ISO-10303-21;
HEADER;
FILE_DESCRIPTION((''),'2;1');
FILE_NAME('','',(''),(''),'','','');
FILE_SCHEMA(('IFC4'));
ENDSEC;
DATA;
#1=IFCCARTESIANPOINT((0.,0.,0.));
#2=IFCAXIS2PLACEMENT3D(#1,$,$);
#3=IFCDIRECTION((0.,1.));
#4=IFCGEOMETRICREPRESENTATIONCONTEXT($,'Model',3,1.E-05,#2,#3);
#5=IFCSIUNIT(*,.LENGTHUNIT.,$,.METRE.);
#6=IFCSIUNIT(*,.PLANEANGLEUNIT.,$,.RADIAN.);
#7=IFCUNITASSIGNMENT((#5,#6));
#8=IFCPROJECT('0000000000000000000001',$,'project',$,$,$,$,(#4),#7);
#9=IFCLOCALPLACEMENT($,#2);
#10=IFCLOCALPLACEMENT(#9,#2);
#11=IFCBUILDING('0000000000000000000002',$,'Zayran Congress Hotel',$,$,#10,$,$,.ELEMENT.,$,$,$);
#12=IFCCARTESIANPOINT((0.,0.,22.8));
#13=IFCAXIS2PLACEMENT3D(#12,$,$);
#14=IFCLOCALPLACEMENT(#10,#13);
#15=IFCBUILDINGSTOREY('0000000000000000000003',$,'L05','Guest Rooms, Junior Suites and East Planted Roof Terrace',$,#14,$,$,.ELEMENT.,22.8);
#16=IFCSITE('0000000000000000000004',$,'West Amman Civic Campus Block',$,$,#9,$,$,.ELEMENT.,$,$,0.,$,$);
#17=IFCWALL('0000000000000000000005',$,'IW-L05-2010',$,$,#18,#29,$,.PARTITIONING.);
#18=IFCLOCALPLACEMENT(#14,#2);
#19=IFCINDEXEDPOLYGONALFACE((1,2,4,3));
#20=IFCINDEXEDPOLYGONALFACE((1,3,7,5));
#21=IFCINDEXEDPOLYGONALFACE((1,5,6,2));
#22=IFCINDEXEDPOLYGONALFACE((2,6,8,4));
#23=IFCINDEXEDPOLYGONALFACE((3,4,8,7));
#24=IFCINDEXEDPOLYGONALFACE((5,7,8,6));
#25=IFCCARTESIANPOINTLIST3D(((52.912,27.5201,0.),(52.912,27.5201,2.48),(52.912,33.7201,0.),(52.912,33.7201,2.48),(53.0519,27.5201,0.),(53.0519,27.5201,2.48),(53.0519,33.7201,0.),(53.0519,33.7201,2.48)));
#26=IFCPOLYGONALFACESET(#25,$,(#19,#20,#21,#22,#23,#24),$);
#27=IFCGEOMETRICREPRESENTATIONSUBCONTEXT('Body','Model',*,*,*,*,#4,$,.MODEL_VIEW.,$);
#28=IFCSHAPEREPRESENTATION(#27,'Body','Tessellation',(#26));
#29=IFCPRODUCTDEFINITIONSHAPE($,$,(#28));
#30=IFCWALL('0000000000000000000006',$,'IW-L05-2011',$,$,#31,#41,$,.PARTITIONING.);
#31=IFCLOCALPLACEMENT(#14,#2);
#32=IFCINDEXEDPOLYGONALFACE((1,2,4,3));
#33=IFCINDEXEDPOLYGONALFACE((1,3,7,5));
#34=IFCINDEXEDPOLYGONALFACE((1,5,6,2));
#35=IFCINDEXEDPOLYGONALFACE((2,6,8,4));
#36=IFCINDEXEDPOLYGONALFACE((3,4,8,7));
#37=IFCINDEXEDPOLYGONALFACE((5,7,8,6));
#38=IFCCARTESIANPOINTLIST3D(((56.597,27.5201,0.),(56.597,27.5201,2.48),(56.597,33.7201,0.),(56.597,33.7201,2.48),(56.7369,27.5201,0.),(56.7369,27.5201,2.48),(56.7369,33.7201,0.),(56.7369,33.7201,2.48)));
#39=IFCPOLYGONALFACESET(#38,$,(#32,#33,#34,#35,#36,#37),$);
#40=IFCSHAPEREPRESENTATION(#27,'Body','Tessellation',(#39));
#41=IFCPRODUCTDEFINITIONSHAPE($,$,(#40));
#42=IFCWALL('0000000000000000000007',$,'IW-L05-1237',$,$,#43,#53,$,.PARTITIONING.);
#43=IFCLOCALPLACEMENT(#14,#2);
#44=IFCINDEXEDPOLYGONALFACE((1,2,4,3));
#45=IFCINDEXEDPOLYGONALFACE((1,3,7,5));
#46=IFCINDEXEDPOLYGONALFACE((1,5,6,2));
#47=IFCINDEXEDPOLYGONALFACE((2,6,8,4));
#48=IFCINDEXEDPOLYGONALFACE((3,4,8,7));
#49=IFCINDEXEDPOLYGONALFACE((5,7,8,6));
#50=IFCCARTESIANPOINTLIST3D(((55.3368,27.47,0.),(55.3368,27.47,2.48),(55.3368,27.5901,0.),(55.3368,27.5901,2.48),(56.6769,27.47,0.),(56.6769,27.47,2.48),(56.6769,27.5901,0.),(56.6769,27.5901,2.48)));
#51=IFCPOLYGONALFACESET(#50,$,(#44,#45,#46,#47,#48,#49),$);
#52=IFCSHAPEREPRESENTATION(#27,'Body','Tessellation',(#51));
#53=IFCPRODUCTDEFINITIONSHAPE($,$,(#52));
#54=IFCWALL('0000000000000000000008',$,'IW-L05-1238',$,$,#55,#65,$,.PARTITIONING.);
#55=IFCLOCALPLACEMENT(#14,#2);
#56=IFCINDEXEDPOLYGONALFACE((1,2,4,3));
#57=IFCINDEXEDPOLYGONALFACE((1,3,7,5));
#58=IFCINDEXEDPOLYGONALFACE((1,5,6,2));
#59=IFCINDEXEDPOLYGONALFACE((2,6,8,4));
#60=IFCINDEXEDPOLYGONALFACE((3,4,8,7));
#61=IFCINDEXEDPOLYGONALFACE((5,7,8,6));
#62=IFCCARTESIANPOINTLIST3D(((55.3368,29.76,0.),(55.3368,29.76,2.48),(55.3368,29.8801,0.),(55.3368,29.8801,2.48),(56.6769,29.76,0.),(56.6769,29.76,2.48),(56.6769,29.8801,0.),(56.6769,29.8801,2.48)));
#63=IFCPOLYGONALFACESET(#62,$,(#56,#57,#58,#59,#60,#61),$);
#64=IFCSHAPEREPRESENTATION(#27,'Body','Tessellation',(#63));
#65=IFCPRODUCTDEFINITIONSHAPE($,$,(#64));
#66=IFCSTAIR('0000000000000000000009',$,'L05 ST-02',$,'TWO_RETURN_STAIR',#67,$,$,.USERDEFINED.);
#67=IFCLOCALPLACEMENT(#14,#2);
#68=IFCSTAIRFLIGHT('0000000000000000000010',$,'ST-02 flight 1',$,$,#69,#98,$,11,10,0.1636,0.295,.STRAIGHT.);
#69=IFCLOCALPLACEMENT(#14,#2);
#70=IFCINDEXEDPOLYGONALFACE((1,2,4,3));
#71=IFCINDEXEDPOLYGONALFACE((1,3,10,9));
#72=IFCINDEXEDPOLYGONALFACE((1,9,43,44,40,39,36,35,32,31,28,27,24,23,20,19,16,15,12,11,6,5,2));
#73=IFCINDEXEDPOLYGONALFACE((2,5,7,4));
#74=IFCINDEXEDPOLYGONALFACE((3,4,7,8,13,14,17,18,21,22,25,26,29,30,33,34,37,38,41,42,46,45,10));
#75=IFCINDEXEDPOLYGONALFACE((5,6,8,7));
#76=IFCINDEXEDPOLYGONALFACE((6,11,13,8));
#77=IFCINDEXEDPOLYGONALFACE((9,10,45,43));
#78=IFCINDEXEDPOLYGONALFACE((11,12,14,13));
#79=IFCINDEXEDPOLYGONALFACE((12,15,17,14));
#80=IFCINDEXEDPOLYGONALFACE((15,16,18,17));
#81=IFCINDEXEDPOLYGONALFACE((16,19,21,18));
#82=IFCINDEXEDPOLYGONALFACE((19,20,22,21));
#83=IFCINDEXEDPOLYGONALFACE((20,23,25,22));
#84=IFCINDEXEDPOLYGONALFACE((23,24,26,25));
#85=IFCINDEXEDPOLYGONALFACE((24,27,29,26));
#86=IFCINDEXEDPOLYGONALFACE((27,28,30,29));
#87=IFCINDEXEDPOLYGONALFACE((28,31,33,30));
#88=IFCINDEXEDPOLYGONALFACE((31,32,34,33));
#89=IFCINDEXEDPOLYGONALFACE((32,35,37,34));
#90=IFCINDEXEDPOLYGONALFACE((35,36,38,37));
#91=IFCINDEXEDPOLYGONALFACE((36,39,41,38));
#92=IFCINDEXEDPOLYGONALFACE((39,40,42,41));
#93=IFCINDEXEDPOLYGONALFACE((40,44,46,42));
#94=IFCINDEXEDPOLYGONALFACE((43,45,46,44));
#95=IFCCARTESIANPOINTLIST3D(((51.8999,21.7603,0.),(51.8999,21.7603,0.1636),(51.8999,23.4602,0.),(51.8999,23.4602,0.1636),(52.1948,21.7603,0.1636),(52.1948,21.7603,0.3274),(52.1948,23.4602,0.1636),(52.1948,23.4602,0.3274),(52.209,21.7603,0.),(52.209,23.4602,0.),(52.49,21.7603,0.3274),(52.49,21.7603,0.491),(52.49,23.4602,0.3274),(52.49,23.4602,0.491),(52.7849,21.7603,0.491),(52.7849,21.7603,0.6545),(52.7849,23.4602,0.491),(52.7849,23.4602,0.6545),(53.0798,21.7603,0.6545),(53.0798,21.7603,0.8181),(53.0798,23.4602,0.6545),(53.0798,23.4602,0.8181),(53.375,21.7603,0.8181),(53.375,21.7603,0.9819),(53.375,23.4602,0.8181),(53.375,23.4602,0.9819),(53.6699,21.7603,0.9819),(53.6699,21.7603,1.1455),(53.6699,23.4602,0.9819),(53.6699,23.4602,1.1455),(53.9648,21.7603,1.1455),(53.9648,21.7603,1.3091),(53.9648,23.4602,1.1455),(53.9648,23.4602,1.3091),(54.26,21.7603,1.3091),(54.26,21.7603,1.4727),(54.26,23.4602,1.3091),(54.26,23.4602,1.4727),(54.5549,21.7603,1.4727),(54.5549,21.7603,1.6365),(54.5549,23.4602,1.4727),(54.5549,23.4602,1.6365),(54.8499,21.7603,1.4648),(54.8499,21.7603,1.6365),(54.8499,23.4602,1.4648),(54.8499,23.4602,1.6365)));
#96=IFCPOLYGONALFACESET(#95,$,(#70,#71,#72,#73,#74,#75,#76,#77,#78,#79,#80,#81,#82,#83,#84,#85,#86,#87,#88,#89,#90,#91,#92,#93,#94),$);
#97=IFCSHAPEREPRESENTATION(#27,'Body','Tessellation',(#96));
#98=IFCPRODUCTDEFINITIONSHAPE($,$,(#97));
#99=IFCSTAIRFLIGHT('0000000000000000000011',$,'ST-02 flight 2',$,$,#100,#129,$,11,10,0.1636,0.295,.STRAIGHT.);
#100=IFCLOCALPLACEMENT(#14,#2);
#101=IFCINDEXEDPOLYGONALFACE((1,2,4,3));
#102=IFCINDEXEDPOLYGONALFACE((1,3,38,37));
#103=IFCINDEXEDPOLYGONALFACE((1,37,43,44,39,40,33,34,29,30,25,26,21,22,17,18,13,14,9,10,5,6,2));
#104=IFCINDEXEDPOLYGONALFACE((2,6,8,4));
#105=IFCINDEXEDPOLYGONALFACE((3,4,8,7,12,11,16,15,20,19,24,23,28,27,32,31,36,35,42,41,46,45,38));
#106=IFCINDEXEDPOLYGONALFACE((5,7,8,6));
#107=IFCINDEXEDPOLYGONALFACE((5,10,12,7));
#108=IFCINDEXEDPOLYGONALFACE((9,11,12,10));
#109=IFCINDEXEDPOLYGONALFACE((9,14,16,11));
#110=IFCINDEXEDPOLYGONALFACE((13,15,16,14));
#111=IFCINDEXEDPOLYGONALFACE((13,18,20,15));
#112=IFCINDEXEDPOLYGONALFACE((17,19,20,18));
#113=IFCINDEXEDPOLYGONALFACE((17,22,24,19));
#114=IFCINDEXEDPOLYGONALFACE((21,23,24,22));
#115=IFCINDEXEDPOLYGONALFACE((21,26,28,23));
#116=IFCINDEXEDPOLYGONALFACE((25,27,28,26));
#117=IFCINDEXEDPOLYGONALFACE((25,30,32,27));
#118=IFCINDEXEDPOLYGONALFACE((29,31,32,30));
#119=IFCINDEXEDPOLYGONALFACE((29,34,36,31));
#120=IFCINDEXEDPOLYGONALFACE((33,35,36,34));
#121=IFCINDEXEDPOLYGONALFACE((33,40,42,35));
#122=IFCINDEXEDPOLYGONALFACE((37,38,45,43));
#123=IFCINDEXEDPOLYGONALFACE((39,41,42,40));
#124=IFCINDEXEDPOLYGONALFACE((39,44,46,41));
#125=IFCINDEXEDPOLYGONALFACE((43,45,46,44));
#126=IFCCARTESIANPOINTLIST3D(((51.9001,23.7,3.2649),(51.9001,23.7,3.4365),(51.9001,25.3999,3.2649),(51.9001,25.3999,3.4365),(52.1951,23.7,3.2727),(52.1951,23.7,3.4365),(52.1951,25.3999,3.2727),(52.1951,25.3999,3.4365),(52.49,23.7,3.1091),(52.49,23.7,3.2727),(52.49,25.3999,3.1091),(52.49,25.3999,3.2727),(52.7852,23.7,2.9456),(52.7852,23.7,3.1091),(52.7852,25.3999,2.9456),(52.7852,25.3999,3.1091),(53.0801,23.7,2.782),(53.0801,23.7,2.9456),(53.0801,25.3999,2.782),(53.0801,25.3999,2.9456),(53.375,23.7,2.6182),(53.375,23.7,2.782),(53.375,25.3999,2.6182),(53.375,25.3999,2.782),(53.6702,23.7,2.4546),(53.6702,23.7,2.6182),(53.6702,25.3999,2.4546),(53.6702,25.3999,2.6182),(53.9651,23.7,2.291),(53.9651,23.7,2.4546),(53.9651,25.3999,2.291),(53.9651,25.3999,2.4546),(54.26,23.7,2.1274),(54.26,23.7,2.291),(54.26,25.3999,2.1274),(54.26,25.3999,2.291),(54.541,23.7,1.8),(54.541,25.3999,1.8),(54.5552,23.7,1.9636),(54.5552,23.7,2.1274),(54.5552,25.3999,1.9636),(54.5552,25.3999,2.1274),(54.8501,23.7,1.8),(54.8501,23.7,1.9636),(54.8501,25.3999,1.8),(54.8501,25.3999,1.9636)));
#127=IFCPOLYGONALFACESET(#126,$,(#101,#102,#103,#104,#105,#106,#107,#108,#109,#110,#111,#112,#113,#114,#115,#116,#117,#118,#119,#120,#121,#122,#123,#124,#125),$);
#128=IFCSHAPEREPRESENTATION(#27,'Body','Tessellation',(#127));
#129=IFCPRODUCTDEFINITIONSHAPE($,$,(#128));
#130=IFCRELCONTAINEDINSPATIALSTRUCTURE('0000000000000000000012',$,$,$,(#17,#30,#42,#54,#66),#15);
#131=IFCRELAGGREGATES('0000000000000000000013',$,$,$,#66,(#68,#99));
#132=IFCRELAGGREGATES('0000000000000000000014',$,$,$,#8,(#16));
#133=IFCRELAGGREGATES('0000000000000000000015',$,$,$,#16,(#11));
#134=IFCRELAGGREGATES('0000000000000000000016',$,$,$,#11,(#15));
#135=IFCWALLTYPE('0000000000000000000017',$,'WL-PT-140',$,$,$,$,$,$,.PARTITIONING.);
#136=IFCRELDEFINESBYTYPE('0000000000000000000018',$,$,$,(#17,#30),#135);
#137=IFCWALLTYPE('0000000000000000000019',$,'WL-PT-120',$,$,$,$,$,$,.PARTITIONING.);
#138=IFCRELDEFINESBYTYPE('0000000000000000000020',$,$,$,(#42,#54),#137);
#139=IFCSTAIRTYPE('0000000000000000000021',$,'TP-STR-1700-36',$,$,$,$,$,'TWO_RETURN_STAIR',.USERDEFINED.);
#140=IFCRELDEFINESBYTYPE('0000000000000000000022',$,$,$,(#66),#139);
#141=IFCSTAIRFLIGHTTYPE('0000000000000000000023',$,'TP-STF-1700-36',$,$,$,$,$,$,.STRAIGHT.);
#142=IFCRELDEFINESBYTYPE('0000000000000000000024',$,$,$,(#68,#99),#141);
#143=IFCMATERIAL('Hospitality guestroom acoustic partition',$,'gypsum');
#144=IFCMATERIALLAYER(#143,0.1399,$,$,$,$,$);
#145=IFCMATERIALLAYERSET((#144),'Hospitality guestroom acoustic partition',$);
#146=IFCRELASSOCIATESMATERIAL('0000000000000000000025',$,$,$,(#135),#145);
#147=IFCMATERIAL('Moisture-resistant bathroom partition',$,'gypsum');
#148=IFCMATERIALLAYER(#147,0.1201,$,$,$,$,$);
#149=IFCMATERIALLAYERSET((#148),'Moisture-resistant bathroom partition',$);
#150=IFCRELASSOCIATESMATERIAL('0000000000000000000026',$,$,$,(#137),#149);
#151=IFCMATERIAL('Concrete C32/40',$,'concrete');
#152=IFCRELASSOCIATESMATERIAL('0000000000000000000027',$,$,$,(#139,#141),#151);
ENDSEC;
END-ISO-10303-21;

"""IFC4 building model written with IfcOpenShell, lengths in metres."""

from ifc_helpers import new_model, si_unit, direction, frame, frame_2d, origin, place, context, subcontext, project, spatial, polyline, rectangle, outline, extrude, material, layer, layer_set, type_object, element, aggregate, save


model = new_model("IFC4")

# Units and contexts
model_context = context("Model", 3, precision=1e-05, world=origin(), true_north=direction((0.0, 1.0)))
body_context = subcontext(model_context, "Body", "Model", "MODEL_VIEW")
ifc_project = project(units=[si_unit("LENGTHUNIT", "METRE"), si_unit("PLANEANGLEUNIT", "RADIAN")], contexts=[model_context])

# Site, building, storey
site_placement = place(None, origin())
site = spatial("IfcSite", under=ifc_project, at=site_placement, Name="West Amman Civic Campus Block", CompositionType="ELEMENT", RefElevation=0.0)
building_placement = place(site_placement, origin())
building = spatial("IfcBuilding", under=site, at=building_placement, Name="Zayran Congress Hotel", CompositionType="ELEMENT")
storey_placement = place(building_placement, frame((0.0, 0.0, 22.8)))
storey = spatial("IfcBuildingStorey", under=building, at=storey_placement, Name="L05", Description="Guest Rooms, Junior Suites and East Planted Roof Terrace", CompositionType="ELEMENT", Elevation=22.8)

# Shared definitions
ifc_material_1 = material(Name="Hospitality guestroom acoustic partition", Category="gypsum")
ifc_layer_1 = layer(ifc_material_1, 0.1399)
ifc_layer_set_1 = layer_set([ifc_layer_1], Name="Hospitality guestroom acoustic partition")
wall_type_1 = type_object("IfcWallType", Name="WL-PT-140", PredefinedType="PARTITIONING", material=ifc_layer_set_1)

# Walls
for number, where, z_axis, x_axis, name in (
    (1, (52.9819, 27.52, 0.0), (0.0, 0.0, 1.0), (0.0, 1.0, 0.0), "IW-L05-2010"),
    (2, (56.667, 27.52, 0.0), (0.0, 0.0, 1.0), (0.0, 1.0, 0.0), "IW-L05-2011"),
):
    element("IfcWall", number, at=place(storey_placement, frame(where, z_axis=z_axis, x_axis=x_axis)), inside=storey, type_object=wall_type_1, Name=name, PredefinedType="PARTITIONING", context=body_context, shape_type="SweptSolid", body=[
        extrude(rectangle(XDim=6.2, YDim=0.1399, at=frame_2d((3.1001, 0.0))), origin(), (0.0, 0.0, 1.0), 2.48),
    ])

# Shared definitions
ifc_material_2 = material(Name="Moisture-resistant bathroom partition", Category="gypsum")
ifc_layer_2 = layer(ifc_material_2, 0.1201)
ifc_layer_set_2 = layer_set([ifc_layer_2], Name="Moisture-resistant bathroom partition")
wall_type_2 = type_object("IfcWallType", Name="WL-PT-120", PredefinedType="PARTITIONING", material=ifc_layer_set_2)

# Walls
for number, where, z_axis, x_axis, name in (
    (3, (55.3369, 27.53, 0.0), (0.0, 0.0, 1.0), (1.0, 0.0, 0.0), "IW-L05-1237"),
    (4, (55.3369, 29.8201, 0.0), (0.0, 0.0, 1.0), (1.0, 0.0, 0.0), "IW-L05-1238"),
):
    element("IfcWall", number, at=place(storey_placement, frame(where, z_axis=z_axis, x_axis=x_axis)), inside=storey, type_object=wall_type_2, Name=name, PredefinedType="PARTITIONING", context=body_context, shape_type="SweptSolid", body=[
        extrude(rectangle(XDim=1.3401, YDim=0.1201, at=frame_2d((0.6699, 0.0))), origin(), (0.0, 0.0, 1.0), 2.48),
    ])

# Stair, stair flights
ifc_material_3 = material(Name="Concrete C32/40", Category="concrete")
stair_type = type_object("IfcStairType", Name="TP-STR-1700-36", ElementType="TWO_RETURN_STAIR", PredefinedType="USERDEFINED", material=ifc_material_3)
stair_placement = place(storey_placement, origin())
stair = element("IfcStair", 5, at=stair_placement, inside=storey, type_object=stair_type, Name="L05 ST-02", ObjectType="TWO_RETURN_STAIR", PredefinedType="USERDEFINED")
stair_flight_type = type_object("IfcStairFlightType", Name="TP-STF-1700-36", PredefinedType="STRAIGHT", material=ifc_material_3)
stair_flight_1_placement = place(storey_placement, frame((51.8999, 22.6101, 0.0), z_axis=(0.0, 0.0, 1.0), x_axis=(1.0, 0.0, 0.0)))
stair_flight_1 = element("IfcStairFlight", 6, at=stair_flight_1_placement, type_object=stair_flight_type, Name="ST-02 flight 1", NumberOfRisers=11, NumberOfTreads=10, PredefinedType="STRAIGHT", RiserHeight=0.1636, TreadLength=0.295, context=body_context, shape_type="SweptSolid", body=[
    extrude(outline(polyline([(0.0, 0.0), (0.0, 0.1636), (0.2949, 0.1636), (0.2949, 0.3274), (0.5901, 0.3274), (0.5901, 0.491), (0.885, 0.491), (0.885, 0.6545), (1.1799, 0.6545), (1.1799, 0.8181), (1.4751, 0.8181), (1.4751, 0.9819), (1.77, 0.9819), (1.77, 1.1455), (2.0649, 1.1455), (2.0649, 1.3091), (2.3601, 1.3091), (2.3601, 1.4727), (2.655, 1.4727), (2.655, 1.6365), (2.95, 1.6365), (2.95, 1.8), (2.95, 1.4648), (0.3091, 0.0), (0.0, 0.0)])), frame((0.0, 0.8501, 0.0), z_axis=(0.0, -1.0, 0.0), x_axis=(1.0, 0.0, 0.0)), (0.0, 0.0, 1.0), 1.7),
])
stair_flight_2_placement = place(storey_placement, frame((54.8501, 24.55, 1.8), z_axis=(0.0, 0.0, 1.0), x_axis=(-1.0, 0.0, 0.0)))
stair_flight_2 = element("IfcStairFlight", 7, at=stair_flight_2_placement, type_object=stair_flight_type, Name="ST-02 flight 2", NumberOfRisers=11, NumberOfTreads=10, PredefinedType="STRAIGHT", RiserHeight=0.1636, TreadLength=0.295, context=body_context, shape_type="SweptSolid", body=[
    extrude(outline(polyline([(0.0, 0.0), (0.0, 0.1636), (0.2949, 0.1636), (0.2949, 0.3274), (0.5901, 0.3274), (0.5901, 0.491), (0.885, 0.491), (0.885, 0.6545), (1.1799, 0.6545), (1.1799, 0.8181), (1.4751, 0.8181), (1.4751, 0.9819), (1.77, 0.9819), (1.77, 1.1455), (2.0649, 1.1455), (2.0649, 1.3091), (2.3601, 1.3091), (2.3601, 1.4727), (2.655, 1.4727), (2.655, 1.6365), (2.95, 1.6365), (2.95, 1.8), (2.95, 1.4648), (0.3091, 0.0), (0.0, 0.0)])), frame((0.0, 0.8501, 0.0), z_axis=(0.0, -1.0, 0.0), x_axis=(1.0, 0.0, 0.0)), (0.0, 0.0, 1.0), 1.7),
])
aggregate(stair, [stair_flight_1, stair_flight_2])

save(model, "model.ifc")
